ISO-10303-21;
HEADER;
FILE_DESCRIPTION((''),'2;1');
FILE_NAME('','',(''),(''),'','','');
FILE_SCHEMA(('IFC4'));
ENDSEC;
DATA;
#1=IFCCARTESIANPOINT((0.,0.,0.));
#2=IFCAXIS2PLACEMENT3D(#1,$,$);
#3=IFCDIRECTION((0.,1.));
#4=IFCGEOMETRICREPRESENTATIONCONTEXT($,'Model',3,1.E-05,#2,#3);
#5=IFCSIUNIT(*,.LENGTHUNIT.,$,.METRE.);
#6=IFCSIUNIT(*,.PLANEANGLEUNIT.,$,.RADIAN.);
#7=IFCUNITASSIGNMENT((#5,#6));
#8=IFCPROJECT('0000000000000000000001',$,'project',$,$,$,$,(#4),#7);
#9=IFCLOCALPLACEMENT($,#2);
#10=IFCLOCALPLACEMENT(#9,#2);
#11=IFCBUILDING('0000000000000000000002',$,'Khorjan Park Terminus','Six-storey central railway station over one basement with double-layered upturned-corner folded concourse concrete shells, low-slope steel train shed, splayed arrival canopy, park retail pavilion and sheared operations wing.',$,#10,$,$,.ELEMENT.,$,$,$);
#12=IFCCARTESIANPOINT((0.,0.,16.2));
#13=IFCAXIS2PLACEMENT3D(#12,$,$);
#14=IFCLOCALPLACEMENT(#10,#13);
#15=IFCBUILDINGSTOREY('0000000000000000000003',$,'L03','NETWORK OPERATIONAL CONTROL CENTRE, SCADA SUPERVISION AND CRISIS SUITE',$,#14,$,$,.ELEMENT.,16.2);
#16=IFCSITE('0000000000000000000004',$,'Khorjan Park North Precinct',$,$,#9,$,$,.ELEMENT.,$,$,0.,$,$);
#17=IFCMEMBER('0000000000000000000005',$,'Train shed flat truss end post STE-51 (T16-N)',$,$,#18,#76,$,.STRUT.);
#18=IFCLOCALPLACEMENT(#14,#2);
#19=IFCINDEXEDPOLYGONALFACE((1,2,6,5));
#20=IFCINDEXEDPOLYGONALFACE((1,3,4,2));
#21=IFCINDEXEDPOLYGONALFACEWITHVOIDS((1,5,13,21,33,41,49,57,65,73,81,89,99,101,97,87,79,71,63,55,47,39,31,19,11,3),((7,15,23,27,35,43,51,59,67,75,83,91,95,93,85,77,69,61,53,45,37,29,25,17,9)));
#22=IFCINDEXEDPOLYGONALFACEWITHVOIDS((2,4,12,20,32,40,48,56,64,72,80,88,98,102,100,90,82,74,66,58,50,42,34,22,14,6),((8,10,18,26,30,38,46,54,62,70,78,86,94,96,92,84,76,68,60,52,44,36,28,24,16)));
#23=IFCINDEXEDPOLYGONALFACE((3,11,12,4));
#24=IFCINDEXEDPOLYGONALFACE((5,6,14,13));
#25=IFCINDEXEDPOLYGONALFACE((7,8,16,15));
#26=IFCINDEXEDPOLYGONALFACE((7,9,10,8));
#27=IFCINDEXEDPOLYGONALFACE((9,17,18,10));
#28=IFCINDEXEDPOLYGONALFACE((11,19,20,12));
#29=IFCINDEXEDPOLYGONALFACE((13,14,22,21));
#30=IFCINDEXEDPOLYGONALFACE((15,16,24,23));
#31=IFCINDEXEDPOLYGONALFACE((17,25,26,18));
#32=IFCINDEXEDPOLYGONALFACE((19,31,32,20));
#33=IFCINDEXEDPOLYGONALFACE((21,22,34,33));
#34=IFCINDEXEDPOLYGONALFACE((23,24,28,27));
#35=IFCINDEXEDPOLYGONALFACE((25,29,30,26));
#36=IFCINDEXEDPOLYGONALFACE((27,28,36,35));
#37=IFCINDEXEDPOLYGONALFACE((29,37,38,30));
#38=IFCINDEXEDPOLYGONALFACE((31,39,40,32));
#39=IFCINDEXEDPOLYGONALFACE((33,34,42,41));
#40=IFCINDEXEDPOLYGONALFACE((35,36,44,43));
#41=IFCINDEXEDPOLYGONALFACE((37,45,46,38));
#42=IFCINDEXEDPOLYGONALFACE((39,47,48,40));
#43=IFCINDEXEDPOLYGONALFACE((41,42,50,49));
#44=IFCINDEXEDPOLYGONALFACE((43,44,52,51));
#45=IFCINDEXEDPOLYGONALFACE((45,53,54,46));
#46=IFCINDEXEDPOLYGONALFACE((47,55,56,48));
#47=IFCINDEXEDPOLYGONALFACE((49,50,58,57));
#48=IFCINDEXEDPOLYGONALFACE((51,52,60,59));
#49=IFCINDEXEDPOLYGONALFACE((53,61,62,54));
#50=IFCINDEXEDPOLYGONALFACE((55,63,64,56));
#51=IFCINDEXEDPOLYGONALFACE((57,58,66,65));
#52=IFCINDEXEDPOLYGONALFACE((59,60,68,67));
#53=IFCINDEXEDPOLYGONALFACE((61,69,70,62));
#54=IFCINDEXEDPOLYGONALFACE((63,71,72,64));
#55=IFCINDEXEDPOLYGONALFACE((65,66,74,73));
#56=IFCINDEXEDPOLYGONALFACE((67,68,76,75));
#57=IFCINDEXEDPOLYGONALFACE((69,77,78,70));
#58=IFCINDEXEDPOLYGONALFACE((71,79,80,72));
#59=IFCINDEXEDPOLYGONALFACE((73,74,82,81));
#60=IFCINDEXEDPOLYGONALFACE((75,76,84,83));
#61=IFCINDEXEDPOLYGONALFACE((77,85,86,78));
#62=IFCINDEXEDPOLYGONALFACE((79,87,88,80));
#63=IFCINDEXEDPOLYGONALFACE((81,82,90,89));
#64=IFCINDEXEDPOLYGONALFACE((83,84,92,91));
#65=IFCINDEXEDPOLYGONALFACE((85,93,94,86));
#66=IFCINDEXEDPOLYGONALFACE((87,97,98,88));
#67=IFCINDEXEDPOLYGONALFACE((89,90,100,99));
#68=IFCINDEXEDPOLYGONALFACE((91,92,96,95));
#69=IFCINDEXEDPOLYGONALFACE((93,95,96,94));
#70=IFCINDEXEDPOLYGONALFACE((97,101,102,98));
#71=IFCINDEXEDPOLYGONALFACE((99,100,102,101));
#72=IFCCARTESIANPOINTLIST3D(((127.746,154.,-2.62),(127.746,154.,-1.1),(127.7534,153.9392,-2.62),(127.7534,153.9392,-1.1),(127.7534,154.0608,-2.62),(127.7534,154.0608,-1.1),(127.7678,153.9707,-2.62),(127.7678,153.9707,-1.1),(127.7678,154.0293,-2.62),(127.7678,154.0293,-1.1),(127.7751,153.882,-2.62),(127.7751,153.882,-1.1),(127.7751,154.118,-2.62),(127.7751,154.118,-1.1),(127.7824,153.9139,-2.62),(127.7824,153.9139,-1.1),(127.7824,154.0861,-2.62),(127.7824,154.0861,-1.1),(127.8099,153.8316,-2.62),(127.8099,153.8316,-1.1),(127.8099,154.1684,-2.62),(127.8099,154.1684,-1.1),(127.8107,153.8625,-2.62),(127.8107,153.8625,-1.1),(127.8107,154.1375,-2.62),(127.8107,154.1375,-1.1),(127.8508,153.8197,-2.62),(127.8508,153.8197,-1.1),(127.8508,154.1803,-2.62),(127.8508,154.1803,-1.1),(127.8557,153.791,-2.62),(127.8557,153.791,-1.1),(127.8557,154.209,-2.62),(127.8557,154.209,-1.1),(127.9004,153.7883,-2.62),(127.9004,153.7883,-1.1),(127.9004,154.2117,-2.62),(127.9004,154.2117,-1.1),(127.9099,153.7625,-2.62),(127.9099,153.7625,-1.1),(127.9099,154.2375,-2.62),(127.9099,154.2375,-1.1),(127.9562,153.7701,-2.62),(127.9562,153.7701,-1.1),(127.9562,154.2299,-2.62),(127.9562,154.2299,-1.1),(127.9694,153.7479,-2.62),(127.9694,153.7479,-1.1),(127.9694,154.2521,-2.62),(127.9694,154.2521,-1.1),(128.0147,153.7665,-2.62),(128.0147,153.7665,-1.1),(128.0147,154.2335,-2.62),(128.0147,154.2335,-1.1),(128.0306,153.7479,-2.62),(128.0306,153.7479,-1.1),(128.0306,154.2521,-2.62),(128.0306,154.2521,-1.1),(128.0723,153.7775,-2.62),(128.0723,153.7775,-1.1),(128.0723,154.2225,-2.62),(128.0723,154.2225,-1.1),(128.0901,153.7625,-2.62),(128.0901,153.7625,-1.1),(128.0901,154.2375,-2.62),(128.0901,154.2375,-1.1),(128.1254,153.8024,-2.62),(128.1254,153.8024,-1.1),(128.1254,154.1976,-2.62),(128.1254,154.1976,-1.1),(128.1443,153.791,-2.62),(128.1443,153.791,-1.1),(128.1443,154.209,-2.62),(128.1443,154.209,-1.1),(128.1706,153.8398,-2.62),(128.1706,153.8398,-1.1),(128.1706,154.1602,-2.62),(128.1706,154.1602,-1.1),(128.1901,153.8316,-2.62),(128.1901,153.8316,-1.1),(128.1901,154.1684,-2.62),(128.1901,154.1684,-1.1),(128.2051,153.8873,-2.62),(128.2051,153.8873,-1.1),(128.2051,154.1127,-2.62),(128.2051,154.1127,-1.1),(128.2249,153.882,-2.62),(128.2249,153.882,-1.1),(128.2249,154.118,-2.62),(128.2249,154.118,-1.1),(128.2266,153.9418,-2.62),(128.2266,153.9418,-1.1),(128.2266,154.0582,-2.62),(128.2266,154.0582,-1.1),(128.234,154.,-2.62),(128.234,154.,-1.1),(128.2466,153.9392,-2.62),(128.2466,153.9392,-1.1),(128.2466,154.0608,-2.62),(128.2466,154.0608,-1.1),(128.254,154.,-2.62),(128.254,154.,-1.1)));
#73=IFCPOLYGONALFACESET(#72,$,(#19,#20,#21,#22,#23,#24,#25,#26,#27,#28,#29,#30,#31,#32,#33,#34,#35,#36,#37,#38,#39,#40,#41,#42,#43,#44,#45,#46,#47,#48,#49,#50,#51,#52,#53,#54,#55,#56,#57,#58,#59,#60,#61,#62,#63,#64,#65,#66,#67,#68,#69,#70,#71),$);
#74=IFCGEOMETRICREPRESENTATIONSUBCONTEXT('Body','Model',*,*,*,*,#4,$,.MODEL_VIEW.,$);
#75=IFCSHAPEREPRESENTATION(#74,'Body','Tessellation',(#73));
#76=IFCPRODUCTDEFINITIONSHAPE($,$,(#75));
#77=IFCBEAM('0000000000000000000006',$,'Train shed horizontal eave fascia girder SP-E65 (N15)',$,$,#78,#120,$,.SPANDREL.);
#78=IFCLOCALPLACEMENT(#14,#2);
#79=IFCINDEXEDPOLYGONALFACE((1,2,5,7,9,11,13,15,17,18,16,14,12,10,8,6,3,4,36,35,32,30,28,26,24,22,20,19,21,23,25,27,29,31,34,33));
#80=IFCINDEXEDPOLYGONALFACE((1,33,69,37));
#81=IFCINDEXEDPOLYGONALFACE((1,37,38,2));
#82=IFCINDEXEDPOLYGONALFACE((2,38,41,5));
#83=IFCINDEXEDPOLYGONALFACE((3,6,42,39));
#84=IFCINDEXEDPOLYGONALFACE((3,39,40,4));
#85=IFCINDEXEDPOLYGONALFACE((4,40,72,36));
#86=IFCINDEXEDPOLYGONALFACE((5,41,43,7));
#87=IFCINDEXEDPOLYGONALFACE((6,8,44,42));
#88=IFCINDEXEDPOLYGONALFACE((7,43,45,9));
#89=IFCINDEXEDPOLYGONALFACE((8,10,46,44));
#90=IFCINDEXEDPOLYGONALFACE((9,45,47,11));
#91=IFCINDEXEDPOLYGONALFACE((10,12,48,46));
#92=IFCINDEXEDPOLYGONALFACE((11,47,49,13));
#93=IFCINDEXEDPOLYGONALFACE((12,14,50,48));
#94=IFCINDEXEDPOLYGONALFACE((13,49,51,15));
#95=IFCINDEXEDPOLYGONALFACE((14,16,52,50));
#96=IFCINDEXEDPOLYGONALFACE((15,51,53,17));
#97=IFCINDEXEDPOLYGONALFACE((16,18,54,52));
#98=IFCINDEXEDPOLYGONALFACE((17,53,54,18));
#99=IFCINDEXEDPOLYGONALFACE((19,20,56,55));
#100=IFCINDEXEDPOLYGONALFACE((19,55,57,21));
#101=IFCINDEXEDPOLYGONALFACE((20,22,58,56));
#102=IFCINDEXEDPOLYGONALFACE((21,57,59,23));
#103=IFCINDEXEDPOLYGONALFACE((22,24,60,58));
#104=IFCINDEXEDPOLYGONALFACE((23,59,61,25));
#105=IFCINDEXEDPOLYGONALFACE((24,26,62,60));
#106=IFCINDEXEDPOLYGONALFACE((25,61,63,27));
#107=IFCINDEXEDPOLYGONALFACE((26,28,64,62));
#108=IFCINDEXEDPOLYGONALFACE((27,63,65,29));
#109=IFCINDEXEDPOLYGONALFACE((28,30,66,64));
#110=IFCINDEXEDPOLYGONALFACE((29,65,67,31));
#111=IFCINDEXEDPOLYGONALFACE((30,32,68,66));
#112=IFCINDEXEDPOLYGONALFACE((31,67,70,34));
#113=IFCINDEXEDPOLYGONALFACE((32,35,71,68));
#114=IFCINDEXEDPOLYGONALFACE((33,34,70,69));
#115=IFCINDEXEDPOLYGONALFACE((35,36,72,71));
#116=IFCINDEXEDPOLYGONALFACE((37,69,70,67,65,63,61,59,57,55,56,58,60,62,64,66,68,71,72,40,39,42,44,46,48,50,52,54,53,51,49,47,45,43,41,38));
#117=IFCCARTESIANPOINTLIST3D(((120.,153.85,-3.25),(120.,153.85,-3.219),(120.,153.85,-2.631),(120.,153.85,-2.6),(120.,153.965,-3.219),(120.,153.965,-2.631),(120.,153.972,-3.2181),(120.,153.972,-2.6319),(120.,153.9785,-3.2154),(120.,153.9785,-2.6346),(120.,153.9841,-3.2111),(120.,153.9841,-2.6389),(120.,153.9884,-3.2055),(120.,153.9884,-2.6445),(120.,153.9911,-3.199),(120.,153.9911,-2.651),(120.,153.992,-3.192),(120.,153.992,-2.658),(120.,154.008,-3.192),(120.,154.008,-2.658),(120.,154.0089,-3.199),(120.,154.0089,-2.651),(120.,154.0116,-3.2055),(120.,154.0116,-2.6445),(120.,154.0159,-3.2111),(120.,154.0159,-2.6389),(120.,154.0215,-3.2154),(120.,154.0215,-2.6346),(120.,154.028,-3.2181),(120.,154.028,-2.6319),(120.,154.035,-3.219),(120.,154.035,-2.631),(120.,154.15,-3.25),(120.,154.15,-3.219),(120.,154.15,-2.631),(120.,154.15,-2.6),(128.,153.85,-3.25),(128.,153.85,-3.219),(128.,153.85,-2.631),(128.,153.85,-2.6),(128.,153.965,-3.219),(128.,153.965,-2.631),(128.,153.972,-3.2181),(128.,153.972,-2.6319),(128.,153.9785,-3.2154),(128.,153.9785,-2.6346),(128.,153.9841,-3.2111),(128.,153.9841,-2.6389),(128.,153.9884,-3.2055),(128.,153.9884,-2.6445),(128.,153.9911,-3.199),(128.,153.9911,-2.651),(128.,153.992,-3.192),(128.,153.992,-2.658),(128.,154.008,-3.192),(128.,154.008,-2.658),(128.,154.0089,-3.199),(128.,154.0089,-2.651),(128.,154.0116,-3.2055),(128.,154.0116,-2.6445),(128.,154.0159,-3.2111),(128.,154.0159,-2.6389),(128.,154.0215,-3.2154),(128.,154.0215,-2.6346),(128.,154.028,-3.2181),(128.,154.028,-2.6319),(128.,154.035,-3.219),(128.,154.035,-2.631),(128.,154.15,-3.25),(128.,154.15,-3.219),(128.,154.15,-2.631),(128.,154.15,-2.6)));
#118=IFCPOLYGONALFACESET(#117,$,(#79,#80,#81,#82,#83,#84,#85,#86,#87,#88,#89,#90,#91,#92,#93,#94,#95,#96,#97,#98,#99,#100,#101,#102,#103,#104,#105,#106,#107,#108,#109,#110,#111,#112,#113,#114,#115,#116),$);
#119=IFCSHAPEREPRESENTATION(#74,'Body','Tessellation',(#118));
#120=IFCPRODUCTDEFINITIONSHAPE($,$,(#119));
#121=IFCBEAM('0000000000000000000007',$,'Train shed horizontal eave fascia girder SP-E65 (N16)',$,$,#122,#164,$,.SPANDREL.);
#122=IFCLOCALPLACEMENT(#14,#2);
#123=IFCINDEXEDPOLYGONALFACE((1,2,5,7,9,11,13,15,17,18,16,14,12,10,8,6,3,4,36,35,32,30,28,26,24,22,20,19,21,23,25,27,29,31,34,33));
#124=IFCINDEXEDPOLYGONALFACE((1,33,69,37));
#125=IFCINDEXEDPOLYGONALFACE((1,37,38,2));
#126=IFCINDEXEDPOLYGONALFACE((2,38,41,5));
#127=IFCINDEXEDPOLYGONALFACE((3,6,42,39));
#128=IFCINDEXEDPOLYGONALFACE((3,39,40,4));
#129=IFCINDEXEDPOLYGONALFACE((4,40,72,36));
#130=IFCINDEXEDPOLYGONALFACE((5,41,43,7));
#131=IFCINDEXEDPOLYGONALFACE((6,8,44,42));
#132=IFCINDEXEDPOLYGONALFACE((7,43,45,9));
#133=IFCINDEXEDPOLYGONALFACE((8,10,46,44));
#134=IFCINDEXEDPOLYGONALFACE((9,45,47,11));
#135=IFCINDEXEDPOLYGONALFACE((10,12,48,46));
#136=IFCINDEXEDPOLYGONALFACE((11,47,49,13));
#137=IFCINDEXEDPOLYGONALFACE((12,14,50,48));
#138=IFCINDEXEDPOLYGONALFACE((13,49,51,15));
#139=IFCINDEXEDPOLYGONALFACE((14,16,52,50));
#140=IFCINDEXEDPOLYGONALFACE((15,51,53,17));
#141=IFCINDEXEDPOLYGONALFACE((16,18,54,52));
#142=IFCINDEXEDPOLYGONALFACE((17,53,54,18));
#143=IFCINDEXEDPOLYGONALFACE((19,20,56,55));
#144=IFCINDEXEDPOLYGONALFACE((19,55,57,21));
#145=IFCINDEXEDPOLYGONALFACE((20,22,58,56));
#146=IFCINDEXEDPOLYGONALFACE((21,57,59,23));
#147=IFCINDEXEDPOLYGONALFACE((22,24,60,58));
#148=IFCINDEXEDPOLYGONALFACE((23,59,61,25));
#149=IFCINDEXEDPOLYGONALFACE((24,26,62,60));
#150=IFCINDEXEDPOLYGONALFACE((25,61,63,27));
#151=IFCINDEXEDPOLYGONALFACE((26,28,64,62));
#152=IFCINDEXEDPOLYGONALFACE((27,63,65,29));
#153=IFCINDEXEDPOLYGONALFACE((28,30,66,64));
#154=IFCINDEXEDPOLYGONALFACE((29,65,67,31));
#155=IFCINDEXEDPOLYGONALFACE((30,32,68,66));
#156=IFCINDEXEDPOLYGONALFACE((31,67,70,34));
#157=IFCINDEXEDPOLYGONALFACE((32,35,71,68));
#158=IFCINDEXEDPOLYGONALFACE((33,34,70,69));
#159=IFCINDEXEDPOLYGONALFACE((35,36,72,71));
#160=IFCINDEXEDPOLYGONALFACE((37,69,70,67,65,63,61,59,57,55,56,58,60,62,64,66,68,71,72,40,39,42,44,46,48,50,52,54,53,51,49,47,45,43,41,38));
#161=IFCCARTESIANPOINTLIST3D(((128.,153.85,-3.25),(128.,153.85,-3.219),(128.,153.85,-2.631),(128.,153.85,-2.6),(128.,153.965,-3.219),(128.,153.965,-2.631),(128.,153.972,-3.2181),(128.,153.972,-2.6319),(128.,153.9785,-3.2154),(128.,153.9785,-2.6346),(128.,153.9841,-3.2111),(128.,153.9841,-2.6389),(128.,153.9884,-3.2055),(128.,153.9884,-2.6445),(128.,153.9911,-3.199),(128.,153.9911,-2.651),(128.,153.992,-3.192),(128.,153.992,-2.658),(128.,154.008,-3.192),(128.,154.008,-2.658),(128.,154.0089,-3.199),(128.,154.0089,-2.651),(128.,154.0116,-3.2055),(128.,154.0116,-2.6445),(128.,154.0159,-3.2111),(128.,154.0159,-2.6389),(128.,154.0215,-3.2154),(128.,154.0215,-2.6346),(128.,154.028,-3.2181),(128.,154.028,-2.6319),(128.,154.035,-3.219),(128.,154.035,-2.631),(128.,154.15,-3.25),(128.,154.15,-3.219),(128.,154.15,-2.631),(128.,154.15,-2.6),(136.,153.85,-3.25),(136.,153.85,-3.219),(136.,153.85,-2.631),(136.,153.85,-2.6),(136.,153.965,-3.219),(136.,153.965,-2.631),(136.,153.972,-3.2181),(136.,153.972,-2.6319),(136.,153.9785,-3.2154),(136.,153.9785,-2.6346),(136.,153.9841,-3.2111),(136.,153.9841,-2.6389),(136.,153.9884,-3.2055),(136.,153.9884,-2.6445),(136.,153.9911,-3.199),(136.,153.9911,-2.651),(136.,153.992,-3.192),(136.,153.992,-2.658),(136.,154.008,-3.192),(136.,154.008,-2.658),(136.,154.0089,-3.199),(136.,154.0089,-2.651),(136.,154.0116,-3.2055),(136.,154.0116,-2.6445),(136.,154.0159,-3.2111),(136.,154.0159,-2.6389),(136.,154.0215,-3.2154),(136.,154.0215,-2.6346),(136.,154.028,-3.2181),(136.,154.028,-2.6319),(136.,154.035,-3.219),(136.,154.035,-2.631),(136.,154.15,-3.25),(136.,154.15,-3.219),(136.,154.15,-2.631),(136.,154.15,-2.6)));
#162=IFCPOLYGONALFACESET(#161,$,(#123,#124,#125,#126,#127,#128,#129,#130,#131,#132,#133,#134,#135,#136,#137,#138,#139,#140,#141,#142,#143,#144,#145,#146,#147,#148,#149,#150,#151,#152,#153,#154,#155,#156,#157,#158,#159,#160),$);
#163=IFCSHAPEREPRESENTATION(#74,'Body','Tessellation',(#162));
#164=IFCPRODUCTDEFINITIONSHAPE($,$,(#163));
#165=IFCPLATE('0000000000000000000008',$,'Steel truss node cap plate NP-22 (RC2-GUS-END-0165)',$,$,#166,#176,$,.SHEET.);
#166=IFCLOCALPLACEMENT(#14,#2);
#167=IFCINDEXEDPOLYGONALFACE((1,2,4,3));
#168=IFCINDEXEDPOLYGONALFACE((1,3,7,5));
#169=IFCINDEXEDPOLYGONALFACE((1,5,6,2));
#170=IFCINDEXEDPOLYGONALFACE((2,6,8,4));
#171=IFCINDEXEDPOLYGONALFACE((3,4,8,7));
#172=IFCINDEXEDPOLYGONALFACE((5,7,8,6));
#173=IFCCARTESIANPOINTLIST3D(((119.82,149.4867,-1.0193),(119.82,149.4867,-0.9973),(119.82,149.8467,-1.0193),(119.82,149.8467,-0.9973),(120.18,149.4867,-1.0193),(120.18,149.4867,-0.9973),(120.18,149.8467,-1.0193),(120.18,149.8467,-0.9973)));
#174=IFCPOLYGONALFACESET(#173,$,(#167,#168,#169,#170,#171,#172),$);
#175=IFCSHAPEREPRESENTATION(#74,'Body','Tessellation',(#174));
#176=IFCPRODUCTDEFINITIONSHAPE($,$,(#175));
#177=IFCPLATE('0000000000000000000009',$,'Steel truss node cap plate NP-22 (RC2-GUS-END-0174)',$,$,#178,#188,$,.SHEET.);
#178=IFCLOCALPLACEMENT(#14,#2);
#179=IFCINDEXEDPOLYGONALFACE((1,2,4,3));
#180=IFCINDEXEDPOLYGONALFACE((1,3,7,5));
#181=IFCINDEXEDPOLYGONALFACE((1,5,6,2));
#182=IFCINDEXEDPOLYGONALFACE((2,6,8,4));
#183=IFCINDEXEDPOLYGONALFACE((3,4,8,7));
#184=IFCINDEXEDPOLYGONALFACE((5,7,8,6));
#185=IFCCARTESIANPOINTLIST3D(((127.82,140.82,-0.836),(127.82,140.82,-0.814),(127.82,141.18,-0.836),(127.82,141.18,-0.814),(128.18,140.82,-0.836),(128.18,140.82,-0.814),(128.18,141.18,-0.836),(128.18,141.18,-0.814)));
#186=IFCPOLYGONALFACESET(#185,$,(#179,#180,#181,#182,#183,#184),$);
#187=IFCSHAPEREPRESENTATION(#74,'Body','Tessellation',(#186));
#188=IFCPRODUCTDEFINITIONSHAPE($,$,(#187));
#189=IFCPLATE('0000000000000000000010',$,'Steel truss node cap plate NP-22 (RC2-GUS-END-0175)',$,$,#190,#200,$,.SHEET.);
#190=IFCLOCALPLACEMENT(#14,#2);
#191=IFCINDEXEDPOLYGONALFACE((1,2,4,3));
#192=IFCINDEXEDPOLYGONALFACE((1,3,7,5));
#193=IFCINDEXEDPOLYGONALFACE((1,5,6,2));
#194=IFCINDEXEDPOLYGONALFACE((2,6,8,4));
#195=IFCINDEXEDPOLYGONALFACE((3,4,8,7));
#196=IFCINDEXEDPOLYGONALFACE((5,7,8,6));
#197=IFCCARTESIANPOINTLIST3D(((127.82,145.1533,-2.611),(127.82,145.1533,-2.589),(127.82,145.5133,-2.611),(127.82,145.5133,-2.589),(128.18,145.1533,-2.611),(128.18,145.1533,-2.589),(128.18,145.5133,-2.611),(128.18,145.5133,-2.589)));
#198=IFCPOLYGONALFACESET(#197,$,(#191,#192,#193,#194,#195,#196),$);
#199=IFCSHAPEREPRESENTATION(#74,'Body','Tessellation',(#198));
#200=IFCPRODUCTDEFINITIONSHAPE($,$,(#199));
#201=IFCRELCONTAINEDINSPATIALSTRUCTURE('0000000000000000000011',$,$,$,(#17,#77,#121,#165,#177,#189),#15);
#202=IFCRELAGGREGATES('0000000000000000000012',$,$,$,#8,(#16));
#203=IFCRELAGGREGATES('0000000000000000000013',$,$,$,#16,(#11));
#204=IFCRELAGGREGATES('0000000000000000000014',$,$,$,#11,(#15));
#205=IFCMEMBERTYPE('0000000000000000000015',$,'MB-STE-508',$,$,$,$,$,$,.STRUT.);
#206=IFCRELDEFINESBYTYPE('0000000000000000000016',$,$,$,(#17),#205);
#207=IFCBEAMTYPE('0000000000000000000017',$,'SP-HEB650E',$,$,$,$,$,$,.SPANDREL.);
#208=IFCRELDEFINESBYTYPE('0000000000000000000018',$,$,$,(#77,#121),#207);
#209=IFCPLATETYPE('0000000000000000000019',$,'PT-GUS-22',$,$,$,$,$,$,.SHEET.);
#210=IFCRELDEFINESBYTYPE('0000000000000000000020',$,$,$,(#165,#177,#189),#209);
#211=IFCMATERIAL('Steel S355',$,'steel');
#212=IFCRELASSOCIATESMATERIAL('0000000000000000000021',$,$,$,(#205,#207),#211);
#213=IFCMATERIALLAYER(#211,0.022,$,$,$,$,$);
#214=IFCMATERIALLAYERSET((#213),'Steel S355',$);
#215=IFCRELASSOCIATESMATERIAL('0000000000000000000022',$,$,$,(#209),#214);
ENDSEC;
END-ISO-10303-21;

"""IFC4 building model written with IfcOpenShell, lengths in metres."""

from ifc_helpers import new_model, si_unit, direction, frame, origin, origin_2d, place, context, subcontext, project, spatial, rectangle, hollow_circle, i_section, extrude, material, layer, layer_set, material_profile, profile_set, type_object, element, save


model = new_model("IFC4")

# Units and contexts
model_context = context("Model", 3, precision=1e-05, world=origin(), true_north=direction((0.0, 1.0)))
body_context = subcontext(model_context, "Body", "Model", "MODEL_VIEW")
ifc_project = project(units=[si_unit("LENGTHUNIT", "METRE"), si_unit("PLANEANGLEUNIT", "RADIAN")], contexts=[model_context])

# Site, building, storey
site_placement = place(None, origin())
site = spatial("IfcSite", under=ifc_project, at=site_placement, Name="Khorjan Park North Precinct", CompositionType="ELEMENT", RefElevation=0.0)
building_placement = place(site_placement, origin())
building = spatial("IfcBuilding", under=site, at=building_placement, Name="Khorjan Park Terminus", Description="Six-storey central railway station over one basement with double-layered upturned-corner folded concourse concrete shells, low-slope steel train shed, splayed arrival canopy, park retail pavilion and sheared operations wing.", CompositionType="ELEMENT")
storey_placement = place(building_placement, frame((0.0, 0.0, 16.2)))
storey = spatial("IfcBuildingStorey", under=building, at=storey_placement, Name="L03", Description="NETWORK OPERATIONAL CONTROL CENTRE, SCADA SUPERVISION AND CRISIS SUITE", CompositionType="ELEMENT", Elevation=16.2)

# Member
ifc_material = material(Name="Steel S355", Category="steel")
ifc_material_profile_1 = material_profile(ifc_material, hollow_circle(Radius=0.254, WallThickness=0.02, at=origin_2d()), Name="CHS 508x20")
ifc_profile_set_1 = profile_set([ifc_material_profile_1], Name="Steel S355")
member_type_1 = type_object("IfcMemberType", Name="MB-STE-508", PredefinedType="STRUT", material=ifc_profile_set_1)
for number, where, z_axis, x_axis, name in (
    (1, (128.0, 154.0, -2.62), (0.0, 0.0, 1.0), (1.0, 0.0, 0.0), "Train shed flat truss end post STE-51 (T16-N)"),
):
    element("IfcMember", number, at=place(storey_placement, frame(where, z_axis=z_axis, x_axis=x_axis)), inside=storey, type_object=member_type_1, Name=name, PredefinedType="STRUT", context=body_context, shape_type="SweptSolid", body=[
        extrude(hollow_circle(Radius=0.254, WallThickness=0.02, at=origin_2d()), origin(), (0.0, 0.0, 1.0), 1.52),
    ])

# Beams
ifc_material_profile_2 = material_profile(ifc_material, i_section(OverallWidth=0.3, OverallDepth=0.65, WebThickness=0.016, FlangeThickness=0.031, FilletRadius=0.027, at=origin_2d()), Name="HEB 650")
ifc_profile_set_2 = profile_set([ifc_material_profile_2], Name="Steel S355")
beam_type = type_object("IfcBeamType", Name="SP-HEB650E", PredefinedType="SPANDREL", material=ifc_profile_set_2)
for number, where, z_axis, x_axis, name in (
    (2, (120.0, 154.0, -2.925), (1.0, 0.0, 0.0), (0.0, 1.0, 0.0), "Train shed horizontal eave fascia girder SP-E65 (N15)"),
    (3, (128.0, 154.0, -2.925), (1.0, 0.0, 0.0), (0.0, 1.0, 0.0), "Train shed horizontal eave fascia girder SP-E65 (N16)"),
):
    element("IfcBeam", number, at=place(storey_placement, frame(where, z_axis=z_axis, x_axis=x_axis)), inside=storey, type_object=beam_type, Name=name, PredefinedType="SPANDREL", context=body_context, shape_type="SweptSolid", body=[
        extrude(i_section(OverallWidth=0.3, OverallDepth=0.65, WebThickness=0.016, FlangeThickness=0.031, FilletRadius=0.027, at=origin_2d()), origin(), (0.0, 0.0, 1.0), 8.0),
    ])

# Plates
ifc_layer_1 = layer(ifc_material, 0.022)
ifc_layer_set_1 = layer_set([ifc_layer_1], Name="Steel S355")
plate_type_1 = type_object("IfcPlateType", Name="PT-GUS-22", PredefinedType="SHEET", material=ifc_layer_set_1)
for number, where, z_axis, x_axis, name in (
    (4, (120.0, 149.6667, -1.0193), (0.0, 0.0, 1.0), (1.0, 0.0, 0.0), "Steel truss node cap plate NP-22 (RC2-GUS-END-0165)"),
    (5, (128.0, 141.0, -0.836), (0.0, 0.0, 1.0), (1.0, 0.0, 0.0), "Steel truss node cap plate NP-22 (RC2-GUS-END-0174)"),
    (6, (128.0, 145.3333, -2.611), (0.0, 0.0, 1.0), (1.0, 0.0, 0.0), "Steel truss node cap plate NP-22 (RC2-GUS-END-0175)"),
):
    element("IfcPlate", number, at=place(storey_placement, frame(where, z_axis=z_axis, x_axis=x_axis)), inside=storey, type_object=plate_type_1, Name=name, PredefinedType="SHEET", context=body_context, shape_type="SweptSolid", body=[
        extrude(rectangle(XDim=0.36, YDim=0.36, at=origin_2d()), origin(), (0.0, 0.0, 1.0), 0.022),
    ])

save(model, "model.ifc")
